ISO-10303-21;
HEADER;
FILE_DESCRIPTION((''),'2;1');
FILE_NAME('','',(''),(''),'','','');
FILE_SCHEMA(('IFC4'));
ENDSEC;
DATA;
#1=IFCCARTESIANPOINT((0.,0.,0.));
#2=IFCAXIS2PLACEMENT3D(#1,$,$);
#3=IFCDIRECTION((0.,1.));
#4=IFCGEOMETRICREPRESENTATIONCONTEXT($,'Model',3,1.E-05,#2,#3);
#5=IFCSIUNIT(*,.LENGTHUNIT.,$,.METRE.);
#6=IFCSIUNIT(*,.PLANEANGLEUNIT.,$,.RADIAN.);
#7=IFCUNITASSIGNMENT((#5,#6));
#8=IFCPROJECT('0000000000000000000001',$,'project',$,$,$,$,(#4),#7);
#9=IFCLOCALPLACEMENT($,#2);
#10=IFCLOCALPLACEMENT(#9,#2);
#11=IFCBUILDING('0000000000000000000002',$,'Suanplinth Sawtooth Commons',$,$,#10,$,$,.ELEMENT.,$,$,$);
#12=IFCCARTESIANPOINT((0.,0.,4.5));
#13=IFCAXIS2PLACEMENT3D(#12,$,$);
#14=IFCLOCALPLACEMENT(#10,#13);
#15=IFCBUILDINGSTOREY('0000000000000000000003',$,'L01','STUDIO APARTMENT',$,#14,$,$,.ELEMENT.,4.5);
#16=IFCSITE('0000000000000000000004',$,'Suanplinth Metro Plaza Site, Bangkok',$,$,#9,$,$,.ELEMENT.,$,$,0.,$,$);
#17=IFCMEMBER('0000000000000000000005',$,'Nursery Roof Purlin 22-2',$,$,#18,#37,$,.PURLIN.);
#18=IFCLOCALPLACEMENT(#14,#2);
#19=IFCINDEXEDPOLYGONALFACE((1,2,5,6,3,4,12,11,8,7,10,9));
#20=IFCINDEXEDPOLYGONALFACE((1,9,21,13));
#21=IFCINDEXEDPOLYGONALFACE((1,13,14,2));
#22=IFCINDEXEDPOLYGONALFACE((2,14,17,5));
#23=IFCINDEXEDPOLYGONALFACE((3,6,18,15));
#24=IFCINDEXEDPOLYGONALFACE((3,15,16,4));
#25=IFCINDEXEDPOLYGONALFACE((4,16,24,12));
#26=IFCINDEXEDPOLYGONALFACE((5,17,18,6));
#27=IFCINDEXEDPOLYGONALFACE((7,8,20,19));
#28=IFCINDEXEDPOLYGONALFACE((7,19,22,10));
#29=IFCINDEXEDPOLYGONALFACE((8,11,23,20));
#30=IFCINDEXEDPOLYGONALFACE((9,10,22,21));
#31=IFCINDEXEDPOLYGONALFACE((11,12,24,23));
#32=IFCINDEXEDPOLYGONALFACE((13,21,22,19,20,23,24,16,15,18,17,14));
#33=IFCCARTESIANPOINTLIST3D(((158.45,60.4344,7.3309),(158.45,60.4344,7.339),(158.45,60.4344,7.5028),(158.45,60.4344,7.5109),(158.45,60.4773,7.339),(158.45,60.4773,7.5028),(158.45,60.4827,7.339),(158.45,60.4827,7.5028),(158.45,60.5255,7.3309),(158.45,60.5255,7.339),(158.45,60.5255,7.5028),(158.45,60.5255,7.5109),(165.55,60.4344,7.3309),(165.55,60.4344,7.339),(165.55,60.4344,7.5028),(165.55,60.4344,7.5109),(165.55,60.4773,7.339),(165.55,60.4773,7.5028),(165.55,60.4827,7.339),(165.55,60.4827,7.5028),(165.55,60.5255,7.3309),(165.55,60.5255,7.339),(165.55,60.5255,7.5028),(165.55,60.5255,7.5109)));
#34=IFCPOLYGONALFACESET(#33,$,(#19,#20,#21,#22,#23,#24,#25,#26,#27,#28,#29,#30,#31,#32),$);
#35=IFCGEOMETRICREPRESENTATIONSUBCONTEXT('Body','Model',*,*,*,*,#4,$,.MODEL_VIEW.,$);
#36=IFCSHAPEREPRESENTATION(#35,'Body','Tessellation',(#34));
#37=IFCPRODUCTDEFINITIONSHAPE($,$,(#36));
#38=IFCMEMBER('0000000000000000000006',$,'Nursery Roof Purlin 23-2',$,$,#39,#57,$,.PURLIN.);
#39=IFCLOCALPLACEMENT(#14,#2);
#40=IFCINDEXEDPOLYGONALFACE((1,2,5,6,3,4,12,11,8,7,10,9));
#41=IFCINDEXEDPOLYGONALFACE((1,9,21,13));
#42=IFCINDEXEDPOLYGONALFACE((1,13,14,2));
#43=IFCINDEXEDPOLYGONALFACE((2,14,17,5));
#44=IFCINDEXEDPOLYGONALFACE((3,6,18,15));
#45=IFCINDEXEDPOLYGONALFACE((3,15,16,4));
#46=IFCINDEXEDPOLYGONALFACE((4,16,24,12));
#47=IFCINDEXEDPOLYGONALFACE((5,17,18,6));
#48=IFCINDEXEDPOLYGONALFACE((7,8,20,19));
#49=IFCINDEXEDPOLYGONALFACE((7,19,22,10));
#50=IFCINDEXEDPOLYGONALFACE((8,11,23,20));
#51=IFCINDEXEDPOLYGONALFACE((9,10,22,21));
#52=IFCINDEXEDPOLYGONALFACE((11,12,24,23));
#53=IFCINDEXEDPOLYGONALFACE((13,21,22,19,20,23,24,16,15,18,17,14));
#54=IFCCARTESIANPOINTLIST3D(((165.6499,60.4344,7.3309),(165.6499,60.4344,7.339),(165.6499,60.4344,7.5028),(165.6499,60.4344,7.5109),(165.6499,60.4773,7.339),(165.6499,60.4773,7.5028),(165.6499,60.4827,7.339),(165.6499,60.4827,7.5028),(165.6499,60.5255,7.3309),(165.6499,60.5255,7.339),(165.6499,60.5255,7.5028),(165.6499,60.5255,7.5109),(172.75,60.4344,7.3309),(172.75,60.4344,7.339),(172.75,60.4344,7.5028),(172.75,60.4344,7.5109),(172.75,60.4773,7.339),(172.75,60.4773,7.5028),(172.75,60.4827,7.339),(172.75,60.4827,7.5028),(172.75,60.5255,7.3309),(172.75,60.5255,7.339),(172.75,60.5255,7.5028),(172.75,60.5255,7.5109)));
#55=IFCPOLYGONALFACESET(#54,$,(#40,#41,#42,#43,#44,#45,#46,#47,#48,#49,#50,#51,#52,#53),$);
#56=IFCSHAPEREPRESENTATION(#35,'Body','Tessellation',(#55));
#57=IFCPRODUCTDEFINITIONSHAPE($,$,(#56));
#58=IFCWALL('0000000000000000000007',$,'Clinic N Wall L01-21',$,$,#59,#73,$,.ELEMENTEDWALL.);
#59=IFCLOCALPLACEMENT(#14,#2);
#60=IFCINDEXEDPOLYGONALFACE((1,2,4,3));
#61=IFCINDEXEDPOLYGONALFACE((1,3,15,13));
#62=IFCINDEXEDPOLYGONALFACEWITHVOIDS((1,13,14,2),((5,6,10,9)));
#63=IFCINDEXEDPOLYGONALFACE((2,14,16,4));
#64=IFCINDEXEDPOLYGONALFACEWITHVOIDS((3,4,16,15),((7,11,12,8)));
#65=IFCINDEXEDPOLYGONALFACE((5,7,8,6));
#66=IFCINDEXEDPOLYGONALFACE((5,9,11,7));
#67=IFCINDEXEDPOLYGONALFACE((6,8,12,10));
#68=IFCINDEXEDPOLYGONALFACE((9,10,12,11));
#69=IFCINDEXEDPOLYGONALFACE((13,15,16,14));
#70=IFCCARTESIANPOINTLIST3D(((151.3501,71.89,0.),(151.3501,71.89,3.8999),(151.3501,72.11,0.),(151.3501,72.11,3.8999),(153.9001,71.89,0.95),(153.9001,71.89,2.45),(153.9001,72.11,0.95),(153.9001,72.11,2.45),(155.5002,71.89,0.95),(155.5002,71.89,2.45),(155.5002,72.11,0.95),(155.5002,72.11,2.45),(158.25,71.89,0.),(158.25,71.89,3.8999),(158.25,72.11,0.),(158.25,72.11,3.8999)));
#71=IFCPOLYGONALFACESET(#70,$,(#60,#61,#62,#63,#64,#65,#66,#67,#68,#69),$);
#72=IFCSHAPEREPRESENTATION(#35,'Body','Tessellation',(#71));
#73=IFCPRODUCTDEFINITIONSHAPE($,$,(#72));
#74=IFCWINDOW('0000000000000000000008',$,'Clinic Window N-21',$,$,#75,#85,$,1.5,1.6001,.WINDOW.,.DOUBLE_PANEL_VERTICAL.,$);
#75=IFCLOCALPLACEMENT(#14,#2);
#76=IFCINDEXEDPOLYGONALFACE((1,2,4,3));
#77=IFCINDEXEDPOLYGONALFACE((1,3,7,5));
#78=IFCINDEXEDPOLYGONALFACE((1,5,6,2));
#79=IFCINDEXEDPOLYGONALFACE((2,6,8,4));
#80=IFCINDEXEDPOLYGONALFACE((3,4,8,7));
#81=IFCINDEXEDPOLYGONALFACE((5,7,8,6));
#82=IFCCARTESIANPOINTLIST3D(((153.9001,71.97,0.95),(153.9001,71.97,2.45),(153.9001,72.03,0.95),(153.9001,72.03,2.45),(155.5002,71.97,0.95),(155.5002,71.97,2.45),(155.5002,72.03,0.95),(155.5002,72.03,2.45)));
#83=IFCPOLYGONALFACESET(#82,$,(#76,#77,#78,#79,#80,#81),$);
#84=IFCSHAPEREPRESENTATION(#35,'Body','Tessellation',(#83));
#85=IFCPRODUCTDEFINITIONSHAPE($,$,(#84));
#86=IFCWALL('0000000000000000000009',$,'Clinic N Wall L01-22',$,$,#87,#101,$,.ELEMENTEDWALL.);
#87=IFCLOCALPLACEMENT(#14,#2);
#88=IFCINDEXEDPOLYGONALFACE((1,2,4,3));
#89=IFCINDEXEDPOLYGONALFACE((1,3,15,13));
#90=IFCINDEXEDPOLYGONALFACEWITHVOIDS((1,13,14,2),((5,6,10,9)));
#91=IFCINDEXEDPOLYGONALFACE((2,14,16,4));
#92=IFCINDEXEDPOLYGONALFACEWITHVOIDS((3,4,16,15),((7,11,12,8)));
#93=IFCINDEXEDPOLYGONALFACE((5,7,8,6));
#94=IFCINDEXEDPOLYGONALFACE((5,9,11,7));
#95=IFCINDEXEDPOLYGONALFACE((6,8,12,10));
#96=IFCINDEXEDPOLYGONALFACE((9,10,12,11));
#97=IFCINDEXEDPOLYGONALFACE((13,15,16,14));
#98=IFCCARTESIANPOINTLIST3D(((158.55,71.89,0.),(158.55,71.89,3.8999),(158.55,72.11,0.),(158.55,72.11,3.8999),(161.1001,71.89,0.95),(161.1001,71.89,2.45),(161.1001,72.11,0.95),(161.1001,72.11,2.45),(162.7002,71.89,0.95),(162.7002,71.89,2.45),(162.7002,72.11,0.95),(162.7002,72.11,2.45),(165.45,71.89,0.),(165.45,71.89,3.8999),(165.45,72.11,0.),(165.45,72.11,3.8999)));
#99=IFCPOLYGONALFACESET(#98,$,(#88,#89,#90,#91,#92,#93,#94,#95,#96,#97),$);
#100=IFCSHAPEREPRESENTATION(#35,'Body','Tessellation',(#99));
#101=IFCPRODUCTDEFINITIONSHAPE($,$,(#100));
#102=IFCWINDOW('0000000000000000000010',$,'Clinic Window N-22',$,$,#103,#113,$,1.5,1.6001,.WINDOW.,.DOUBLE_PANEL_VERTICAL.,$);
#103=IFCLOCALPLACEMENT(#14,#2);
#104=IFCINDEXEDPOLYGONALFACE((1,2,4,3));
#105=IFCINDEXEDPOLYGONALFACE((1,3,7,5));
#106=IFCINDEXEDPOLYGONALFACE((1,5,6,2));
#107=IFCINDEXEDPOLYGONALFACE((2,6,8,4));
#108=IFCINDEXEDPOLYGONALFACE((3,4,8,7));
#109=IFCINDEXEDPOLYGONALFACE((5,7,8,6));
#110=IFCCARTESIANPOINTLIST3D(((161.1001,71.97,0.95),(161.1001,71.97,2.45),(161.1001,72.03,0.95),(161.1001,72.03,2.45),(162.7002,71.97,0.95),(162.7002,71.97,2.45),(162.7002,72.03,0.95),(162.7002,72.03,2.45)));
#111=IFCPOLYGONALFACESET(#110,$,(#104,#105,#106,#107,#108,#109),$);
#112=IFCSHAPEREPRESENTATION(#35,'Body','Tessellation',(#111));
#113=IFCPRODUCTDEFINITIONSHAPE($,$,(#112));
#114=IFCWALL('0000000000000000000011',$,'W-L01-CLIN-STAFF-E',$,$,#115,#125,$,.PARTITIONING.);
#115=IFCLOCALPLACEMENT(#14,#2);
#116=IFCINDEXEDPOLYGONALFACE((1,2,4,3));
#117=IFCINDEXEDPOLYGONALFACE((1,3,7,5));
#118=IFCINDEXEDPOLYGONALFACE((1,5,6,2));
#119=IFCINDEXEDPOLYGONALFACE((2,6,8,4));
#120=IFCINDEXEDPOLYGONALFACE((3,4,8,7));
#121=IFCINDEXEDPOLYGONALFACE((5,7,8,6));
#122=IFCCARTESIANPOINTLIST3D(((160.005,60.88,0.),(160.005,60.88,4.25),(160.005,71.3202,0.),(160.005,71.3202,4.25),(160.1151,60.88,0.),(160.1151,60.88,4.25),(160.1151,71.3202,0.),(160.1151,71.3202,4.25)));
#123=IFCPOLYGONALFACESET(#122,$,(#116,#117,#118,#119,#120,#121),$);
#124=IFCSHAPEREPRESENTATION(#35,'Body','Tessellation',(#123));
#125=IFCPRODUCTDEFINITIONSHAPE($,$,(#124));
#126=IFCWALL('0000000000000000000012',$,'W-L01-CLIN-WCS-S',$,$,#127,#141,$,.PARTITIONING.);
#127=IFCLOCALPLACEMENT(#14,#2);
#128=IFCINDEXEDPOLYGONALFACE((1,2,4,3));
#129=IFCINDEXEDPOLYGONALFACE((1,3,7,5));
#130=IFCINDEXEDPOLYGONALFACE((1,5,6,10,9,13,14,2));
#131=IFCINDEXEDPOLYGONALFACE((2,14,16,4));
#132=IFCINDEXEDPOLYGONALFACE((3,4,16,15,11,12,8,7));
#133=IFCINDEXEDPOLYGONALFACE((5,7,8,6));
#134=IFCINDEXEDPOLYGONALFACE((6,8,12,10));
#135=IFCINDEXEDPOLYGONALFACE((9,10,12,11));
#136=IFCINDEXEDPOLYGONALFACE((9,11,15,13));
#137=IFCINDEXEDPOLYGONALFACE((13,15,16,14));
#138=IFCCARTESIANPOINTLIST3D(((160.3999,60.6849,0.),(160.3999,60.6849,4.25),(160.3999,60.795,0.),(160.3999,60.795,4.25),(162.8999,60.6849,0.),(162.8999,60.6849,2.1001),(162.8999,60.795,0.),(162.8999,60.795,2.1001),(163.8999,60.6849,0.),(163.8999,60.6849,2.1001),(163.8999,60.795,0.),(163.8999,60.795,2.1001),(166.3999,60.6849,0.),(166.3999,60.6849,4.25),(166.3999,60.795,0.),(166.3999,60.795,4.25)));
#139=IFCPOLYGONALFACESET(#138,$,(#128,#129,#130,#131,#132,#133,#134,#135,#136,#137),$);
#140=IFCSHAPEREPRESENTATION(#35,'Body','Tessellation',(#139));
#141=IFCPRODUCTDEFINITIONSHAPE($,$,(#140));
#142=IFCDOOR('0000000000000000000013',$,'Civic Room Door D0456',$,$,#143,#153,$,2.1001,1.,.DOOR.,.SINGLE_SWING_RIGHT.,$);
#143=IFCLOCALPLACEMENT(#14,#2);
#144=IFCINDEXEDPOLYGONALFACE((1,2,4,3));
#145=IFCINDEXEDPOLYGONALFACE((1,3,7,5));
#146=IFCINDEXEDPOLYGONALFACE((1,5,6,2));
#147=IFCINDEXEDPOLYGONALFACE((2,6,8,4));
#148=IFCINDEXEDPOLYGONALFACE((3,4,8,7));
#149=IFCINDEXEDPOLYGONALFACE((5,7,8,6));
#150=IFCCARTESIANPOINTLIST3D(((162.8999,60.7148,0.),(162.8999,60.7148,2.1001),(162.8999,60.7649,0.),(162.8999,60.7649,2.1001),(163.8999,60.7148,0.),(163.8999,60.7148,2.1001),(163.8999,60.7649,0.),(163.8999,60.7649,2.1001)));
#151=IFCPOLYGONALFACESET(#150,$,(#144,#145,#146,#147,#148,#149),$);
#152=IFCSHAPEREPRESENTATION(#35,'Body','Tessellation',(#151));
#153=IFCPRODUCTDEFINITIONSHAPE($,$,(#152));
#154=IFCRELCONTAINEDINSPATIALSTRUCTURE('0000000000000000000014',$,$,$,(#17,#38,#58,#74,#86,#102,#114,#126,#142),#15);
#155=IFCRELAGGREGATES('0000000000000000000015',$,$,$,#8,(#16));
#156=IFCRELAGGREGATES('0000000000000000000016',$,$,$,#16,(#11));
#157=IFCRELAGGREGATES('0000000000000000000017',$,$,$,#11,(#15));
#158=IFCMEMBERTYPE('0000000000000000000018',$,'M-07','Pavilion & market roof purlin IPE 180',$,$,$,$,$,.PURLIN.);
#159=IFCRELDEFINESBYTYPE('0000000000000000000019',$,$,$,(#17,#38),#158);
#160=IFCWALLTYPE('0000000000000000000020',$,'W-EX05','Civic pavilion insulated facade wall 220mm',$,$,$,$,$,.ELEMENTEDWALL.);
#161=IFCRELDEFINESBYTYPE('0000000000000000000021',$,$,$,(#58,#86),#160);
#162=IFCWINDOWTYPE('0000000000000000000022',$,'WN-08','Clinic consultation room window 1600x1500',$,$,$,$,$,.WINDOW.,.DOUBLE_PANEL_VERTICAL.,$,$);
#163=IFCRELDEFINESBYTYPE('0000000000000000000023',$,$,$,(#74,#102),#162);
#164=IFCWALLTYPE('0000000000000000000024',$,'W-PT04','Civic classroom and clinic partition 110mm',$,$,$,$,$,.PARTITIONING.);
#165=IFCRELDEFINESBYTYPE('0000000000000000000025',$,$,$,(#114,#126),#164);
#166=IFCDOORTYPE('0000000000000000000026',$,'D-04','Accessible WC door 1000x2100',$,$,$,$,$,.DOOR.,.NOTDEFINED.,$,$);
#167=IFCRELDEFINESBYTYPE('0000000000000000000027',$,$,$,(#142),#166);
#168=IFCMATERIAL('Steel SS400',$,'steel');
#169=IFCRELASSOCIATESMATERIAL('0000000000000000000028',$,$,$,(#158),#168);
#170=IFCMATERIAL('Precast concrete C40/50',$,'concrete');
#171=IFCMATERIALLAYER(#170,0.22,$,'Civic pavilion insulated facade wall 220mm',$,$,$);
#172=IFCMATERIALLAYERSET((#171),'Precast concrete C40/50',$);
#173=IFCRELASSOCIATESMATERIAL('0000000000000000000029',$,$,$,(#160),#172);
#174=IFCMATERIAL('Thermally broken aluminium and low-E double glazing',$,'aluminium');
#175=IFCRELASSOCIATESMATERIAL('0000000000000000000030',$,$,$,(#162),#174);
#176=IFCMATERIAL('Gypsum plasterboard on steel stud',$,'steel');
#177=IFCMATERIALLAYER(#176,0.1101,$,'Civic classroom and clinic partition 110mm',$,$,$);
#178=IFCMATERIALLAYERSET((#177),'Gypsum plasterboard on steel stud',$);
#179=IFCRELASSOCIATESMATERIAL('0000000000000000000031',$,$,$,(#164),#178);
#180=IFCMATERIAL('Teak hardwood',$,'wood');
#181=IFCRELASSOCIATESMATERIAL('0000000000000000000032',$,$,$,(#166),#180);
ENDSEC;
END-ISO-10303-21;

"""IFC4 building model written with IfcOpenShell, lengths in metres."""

from ifc_helpers import new_model, si_unit, direction, frame, frame_2d, origin, origin_2d, place, context, subcontext, project, spatial, rectangle, i_section, extrude, material, layer, layer_set, material_profile, profile_set, type_object, element, fill, save


model = new_model("IFC4")

# Units and contexts
model_context = context("Model", 3, precision=1e-05, world=origin(), true_north=direction((0.0, 1.0)))
body_context = subcontext(model_context, "Body", "Model", "MODEL_VIEW")
ifc_project = project(units=[si_unit("LENGTHUNIT", "METRE"), si_unit("PLANEANGLEUNIT", "RADIAN")], contexts=[model_context])

# Site, building, storey
site_placement = place(None, origin())
site = spatial("IfcSite", under=ifc_project, at=site_placement, Name="Suanplinth Metro Plaza Site, Bangkok", CompositionType="ELEMENT", RefElevation=0.0)
building_placement = place(site_placement, origin())
building = spatial("IfcBuilding", under=site, at=building_placement, Name="Suanplinth Sawtooth Commons", CompositionType="ELEMENT")
storey_placement = place(building_placement, frame((0.0, 0.0, 4.5)))
storey = spatial("IfcBuildingStorey", under=building, at=storey_placement, Name="L01", Description="STUDIO APARTMENT", CompositionType="ELEMENT", Elevation=4.5)

# Shared definitions
ifc_material_1 = material(Name="Precast concrete C40/50", Category="concrete")

# Members
ifc_material_2 = material(Name="Steel SS400", Category="steel")
ifc_material_profile_1 = material_profile(ifc_material_2, i_section(OverallWidth=0.0911, OverallDepth=0.1799, WebThickness=0.0054, FlangeThickness=0.0081, at=origin_2d()), Name="IPE 180")
ifc_profile_set_1 = profile_set([ifc_material_profile_1], Name="Steel SS400")
member_type = type_object("IfcMemberType", Name="M-07", Description="Pavilion & market roof purlin IPE 180", PredefinedType="PURLIN", material=ifc_profile_set_1)
for number, where, z_axis, x_axis, name in (
    (1, (158.45, 60.48, 7.4209), (1.0, 0.0, 0.0), (0.0, 1.0, 0.0), "Nursery Roof Purlin 22-2"),
    (2, (165.6499, 60.48, 7.4209), (1.0, 0.0, 0.0), (0.0, 1.0, 0.0), "Nursery Roof Purlin 23-2"),
):
    element("IfcMember", number, at=place(storey_placement, frame(where, z_axis=z_axis, x_axis=x_axis)), inside=storey, type_object=member_type, Name=name, PredefinedType="PURLIN", context=body_context, shape_type="SweptSolid", body=[
        extrude(i_section(OverallWidth=0.0911, OverallDepth=0.1799, WebThickness=0.0054, FlangeThickness=0.0081, at=origin_2d()), origin(), (0.0, 0.0, 1.0), 7.1001),
    ])

# Walls, openings, windows
ifc_layer_1 = layer(ifc_material_1, 0.22, Name="Civic pavilion insulated facade wall 220mm")
ifc_layer_set_1 = layer_set([ifc_layer_1], Name="Precast concrete C40/50")
wall_type_1 = type_object("IfcWallType", Name="W-EX05", Description="Civic pavilion insulated facade wall 220mm", PredefinedType="ELEMENTEDWALL", material=ifc_layer_set_1)
wall_1_placement = place(storey_placement, frame((151.3501, 72.0, 0.0), z_axis=(0.0, 0.0, 1.0), x_axis=(1.0, 0.0, 0.0)))
wall_1 = element("IfcWall", 3, at=wall_1_placement, inside=storey, type_object=wall_type_1, Name="Clinic N Wall L01-21", PredefinedType="ELEMENTEDWALL", context=body_context, shape_type="SweptSolid", body=[
    extrude(rectangle(XDim=6.8999, YDim=0.22, at=frame_2d((3.45, 0.0))), origin(), (0.0, 0.0, 1.0), 3.8999),
])
opening_1_placement = place(wall_1_placement, frame((2.55, 0.0, 0.95)))
opening_1 = element("IfcOpeningElement", 4, at=opening_1_placement, cuts=wall_1, PredefinedType="OPENING", context=body_context, shape_type="SweptSolid", body=[
    extrude(rectangle(XDim=1.6001, YDim=1.5, at=frame_2d((0.8, 0.75))), frame((0.0, 0.125, 0.0), z_axis=(0.0, -1.0, 0.0), x_axis=(1.0, 0.0, 0.0)), (0.0, 0.0, 1.0), 0.2498),
])
ifc_material_3 = material(Name="Thermally broken aluminium and low-E double glazing", Category="aluminium")
window_type = type_object("IfcWindowType", Name="WN-08", Description="Clinic consultation room window 1600x1500", PartitioningType="DOUBLE_PANEL_VERTICAL", PredefinedType="WINDOW", material=ifc_material_3)
window_1_placement = place(opening_1_placement, origin())
window_1 = element("IfcWindow", 5, at=window_1_placement, inside=storey, type_object=window_type, Name="Clinic Window N-21", OverallHeight=1.5, OverallWidth=1.6001, PartitioningType="DOUBLE_PANEL_VERTICAL", PredefinedType="WINDOW", context=body_context, shape_type="SweptSolid", body=[
    extrude(rectangle(XDim=1.6001, YDim=1.5, at=frame_2d((0.8, 0.75))), frame((0.0, 0.03, 0.0), z_axis=(0.0, -1.0, 0.0), x_axis=(1.0, 0.0, 0.0)), (0.0, 0.0, 1.0), 0.0601),
])
fill(opening_1, window_1)
wall_2_placement = place(storey_placement, frame((158.55, 72.0, 0.0), z_axis=(0.0, 0.0, 1.0), x_axis=(1.0, 0.0, 0.0)))
wall_2 = element("IfcWall", 6, at=wall_2_placement, inside=storey, type_object=wall_type_1, Name="Clinic N Wall L01-22", PredefinedType="ELEMENTEDWALL", context=body_context, shape_type="SweptSolid", body=[
    extrude(rectangle(XDim=6.8999, YDim=0.22, at=frame_2d((3.45, 0.0))), origin(), (0.0, 0.0, 1.0), 3.8999),
])
opening_2_placement = place(wall_2_placement, frame((2.55, 0.0, 0.95)))
opening_2 = element("IfcOpeningElement", 7, at=opening_2_placement, cuts=wall_2, PredefinedType="OPENING", context=body_context, shape_type="SweptSolid", body=[
    extrude(rectangle(XDim=1.6001, YDim=1.5, at=frame_2d((0.8, 0.75))), frame((0.0, 0.125, 0.0), z_axis=(0.0, -1.0, 0.0), x_axis=(1.0, 0.0, 0.0)), (0.0, 0.0, 1.0), 0.2498),
])
window_2_placement = place(opening_2_placement, origin())
window_2 = element("IfcWindow", 8, at=window_2_placement, inside=storey, type_object=window_type, Name="Clinic Window N-22", OverallHeight=1.5, OverallWidth=1.6001, PartitioningType="DOUBLE_PANEL_VERTICAL", PredefinedType="WINDOW", context=body_context, shape_type="SweptSolid", body=[
    extrude(rectangle(XDim=1.6001, YDim=1.5, at=frame_2d((0.8, 0.75))), frame((0.0, 0.03, 0.0), z_axis=(0.0, -1.0, 0.0), x_axis=(1.0, 0.0, 0.0)), (0.0, 0.0, 1.0), 0.0601),
])
fill(opening_2, window_2)

# Wall
ifc_material_4 = material(Name="Gypsum plasterboard on steel stud", Category="steel")
ifc_layer_2 = layer(ifc_material_4, 0.1101, Name="Civic classroom and clinic partition 110mm")
ifc_layer_set_2 = layer_set([ifc_layer_2], Name="Gypsum plasterboard on steel stud")
wall_type_2 = type_object("IfcWallType", Name="W-PT04", Description="Civic classroom and clinic partition 110mm", PredefinedType="PARTITIONING", material=ifc_layer_set_2)
wall_3_placement = place(storey_placement, frame((160.0601, 60.8799, 0.0), z_axis=(0.0, 0.0, 1.0), x_axis=(0.0, 1.0, 0.0)))
element("IfcWall", 9, at=wall_3_placement, inside=storey, type_object=wall_type_2, Name="W-L01-CLIN-STAFF-E", PredefinedType="PARTITIONING", context=body_context, shape_type="SweptSolid", body=[
    extrude(rectangle(XDim=10.4402, YDim=0.1101, at=frame_2d((5.2202, 0.0))), origin(), (0.0, 0.0, 1.0), 4.25),
])

# Wall, opening, door
wall_4_placement = place(storey_placement, frame((160.3999, 60.74, 0.0), z_axis=(0.0, 0.0, 1.0), x_axis=(1.0, 0.0, 0.0)))
wall_4 = element("IfcWall", 10, at=wall_4_placement, inside=storey, type_object=wall_type_2, Name="W-L01-CLIN-WCS-S", PredefinedType="PARTITIONING", context=body_context, shape_type="SweptSolid", body=[
    extrude(rectangle(XDim=6.0, YDim=0.1101, at=frame_2d((3.0, 0.0))), origin(), (0.0, 0.0, 1.0), 4.25),
])
opening_3_placement = place(wall_4_placement, frame((2.5, 0.0, 0.0)))
opening_3 = element("IfcOpeningElement", 11, at=opening_3_placement, cuts=wall_4, PredefinedType="OPENING", context=body_context, shape_type="SweptSolid", body=[
    extrude(rectangle(XDim=1.0, YDim=2.1001, at=frame_2d((0.5, 1.05))), frame((0.0, 0.0698, 0.0), z_axis=(0.0, -1.0, 0.0), x_axis=(1.0, 0.0, 0.0)), (0.0, 0.0, 1.0), 0.1399),
])
ifc_material_5 = material(Name="Teak hardwood", Category="wood")
door_type = type_object("IfcDoorType", Name="D-04", Description="Accessible WC door 1000x2100", OperationType="NOTDEFINED", PredefinedType="DOOR", material=ifc_material_5)
door_placement = place(opening_3_placement, origin())
door = element("IfcDoor", 12, at=door_placement, inside=storey, type_object=door_type, Name="Civic Room Door D0456", OperationType="SINGLE_SWING_RIGHT", OverallHeight=2.1001, OverallWidth=1.0, PredefinedType="DOOR", context=body_context, shape_type="SweptSolid", body=[
    extrude(rectangle(XDim=1.0, YDim=2.1001, at=frame_2d((0.5, 1.05))), frame((0.0, 0.0249, 0.0), z_axis=(0.0, -1.0, 0.0), x_axis=(1.0, 0.0, 0.0)), (0.0, 0.0, 1.0), 0.05),
])
fill(opening_3, door)

save(model, "model.ifc")
